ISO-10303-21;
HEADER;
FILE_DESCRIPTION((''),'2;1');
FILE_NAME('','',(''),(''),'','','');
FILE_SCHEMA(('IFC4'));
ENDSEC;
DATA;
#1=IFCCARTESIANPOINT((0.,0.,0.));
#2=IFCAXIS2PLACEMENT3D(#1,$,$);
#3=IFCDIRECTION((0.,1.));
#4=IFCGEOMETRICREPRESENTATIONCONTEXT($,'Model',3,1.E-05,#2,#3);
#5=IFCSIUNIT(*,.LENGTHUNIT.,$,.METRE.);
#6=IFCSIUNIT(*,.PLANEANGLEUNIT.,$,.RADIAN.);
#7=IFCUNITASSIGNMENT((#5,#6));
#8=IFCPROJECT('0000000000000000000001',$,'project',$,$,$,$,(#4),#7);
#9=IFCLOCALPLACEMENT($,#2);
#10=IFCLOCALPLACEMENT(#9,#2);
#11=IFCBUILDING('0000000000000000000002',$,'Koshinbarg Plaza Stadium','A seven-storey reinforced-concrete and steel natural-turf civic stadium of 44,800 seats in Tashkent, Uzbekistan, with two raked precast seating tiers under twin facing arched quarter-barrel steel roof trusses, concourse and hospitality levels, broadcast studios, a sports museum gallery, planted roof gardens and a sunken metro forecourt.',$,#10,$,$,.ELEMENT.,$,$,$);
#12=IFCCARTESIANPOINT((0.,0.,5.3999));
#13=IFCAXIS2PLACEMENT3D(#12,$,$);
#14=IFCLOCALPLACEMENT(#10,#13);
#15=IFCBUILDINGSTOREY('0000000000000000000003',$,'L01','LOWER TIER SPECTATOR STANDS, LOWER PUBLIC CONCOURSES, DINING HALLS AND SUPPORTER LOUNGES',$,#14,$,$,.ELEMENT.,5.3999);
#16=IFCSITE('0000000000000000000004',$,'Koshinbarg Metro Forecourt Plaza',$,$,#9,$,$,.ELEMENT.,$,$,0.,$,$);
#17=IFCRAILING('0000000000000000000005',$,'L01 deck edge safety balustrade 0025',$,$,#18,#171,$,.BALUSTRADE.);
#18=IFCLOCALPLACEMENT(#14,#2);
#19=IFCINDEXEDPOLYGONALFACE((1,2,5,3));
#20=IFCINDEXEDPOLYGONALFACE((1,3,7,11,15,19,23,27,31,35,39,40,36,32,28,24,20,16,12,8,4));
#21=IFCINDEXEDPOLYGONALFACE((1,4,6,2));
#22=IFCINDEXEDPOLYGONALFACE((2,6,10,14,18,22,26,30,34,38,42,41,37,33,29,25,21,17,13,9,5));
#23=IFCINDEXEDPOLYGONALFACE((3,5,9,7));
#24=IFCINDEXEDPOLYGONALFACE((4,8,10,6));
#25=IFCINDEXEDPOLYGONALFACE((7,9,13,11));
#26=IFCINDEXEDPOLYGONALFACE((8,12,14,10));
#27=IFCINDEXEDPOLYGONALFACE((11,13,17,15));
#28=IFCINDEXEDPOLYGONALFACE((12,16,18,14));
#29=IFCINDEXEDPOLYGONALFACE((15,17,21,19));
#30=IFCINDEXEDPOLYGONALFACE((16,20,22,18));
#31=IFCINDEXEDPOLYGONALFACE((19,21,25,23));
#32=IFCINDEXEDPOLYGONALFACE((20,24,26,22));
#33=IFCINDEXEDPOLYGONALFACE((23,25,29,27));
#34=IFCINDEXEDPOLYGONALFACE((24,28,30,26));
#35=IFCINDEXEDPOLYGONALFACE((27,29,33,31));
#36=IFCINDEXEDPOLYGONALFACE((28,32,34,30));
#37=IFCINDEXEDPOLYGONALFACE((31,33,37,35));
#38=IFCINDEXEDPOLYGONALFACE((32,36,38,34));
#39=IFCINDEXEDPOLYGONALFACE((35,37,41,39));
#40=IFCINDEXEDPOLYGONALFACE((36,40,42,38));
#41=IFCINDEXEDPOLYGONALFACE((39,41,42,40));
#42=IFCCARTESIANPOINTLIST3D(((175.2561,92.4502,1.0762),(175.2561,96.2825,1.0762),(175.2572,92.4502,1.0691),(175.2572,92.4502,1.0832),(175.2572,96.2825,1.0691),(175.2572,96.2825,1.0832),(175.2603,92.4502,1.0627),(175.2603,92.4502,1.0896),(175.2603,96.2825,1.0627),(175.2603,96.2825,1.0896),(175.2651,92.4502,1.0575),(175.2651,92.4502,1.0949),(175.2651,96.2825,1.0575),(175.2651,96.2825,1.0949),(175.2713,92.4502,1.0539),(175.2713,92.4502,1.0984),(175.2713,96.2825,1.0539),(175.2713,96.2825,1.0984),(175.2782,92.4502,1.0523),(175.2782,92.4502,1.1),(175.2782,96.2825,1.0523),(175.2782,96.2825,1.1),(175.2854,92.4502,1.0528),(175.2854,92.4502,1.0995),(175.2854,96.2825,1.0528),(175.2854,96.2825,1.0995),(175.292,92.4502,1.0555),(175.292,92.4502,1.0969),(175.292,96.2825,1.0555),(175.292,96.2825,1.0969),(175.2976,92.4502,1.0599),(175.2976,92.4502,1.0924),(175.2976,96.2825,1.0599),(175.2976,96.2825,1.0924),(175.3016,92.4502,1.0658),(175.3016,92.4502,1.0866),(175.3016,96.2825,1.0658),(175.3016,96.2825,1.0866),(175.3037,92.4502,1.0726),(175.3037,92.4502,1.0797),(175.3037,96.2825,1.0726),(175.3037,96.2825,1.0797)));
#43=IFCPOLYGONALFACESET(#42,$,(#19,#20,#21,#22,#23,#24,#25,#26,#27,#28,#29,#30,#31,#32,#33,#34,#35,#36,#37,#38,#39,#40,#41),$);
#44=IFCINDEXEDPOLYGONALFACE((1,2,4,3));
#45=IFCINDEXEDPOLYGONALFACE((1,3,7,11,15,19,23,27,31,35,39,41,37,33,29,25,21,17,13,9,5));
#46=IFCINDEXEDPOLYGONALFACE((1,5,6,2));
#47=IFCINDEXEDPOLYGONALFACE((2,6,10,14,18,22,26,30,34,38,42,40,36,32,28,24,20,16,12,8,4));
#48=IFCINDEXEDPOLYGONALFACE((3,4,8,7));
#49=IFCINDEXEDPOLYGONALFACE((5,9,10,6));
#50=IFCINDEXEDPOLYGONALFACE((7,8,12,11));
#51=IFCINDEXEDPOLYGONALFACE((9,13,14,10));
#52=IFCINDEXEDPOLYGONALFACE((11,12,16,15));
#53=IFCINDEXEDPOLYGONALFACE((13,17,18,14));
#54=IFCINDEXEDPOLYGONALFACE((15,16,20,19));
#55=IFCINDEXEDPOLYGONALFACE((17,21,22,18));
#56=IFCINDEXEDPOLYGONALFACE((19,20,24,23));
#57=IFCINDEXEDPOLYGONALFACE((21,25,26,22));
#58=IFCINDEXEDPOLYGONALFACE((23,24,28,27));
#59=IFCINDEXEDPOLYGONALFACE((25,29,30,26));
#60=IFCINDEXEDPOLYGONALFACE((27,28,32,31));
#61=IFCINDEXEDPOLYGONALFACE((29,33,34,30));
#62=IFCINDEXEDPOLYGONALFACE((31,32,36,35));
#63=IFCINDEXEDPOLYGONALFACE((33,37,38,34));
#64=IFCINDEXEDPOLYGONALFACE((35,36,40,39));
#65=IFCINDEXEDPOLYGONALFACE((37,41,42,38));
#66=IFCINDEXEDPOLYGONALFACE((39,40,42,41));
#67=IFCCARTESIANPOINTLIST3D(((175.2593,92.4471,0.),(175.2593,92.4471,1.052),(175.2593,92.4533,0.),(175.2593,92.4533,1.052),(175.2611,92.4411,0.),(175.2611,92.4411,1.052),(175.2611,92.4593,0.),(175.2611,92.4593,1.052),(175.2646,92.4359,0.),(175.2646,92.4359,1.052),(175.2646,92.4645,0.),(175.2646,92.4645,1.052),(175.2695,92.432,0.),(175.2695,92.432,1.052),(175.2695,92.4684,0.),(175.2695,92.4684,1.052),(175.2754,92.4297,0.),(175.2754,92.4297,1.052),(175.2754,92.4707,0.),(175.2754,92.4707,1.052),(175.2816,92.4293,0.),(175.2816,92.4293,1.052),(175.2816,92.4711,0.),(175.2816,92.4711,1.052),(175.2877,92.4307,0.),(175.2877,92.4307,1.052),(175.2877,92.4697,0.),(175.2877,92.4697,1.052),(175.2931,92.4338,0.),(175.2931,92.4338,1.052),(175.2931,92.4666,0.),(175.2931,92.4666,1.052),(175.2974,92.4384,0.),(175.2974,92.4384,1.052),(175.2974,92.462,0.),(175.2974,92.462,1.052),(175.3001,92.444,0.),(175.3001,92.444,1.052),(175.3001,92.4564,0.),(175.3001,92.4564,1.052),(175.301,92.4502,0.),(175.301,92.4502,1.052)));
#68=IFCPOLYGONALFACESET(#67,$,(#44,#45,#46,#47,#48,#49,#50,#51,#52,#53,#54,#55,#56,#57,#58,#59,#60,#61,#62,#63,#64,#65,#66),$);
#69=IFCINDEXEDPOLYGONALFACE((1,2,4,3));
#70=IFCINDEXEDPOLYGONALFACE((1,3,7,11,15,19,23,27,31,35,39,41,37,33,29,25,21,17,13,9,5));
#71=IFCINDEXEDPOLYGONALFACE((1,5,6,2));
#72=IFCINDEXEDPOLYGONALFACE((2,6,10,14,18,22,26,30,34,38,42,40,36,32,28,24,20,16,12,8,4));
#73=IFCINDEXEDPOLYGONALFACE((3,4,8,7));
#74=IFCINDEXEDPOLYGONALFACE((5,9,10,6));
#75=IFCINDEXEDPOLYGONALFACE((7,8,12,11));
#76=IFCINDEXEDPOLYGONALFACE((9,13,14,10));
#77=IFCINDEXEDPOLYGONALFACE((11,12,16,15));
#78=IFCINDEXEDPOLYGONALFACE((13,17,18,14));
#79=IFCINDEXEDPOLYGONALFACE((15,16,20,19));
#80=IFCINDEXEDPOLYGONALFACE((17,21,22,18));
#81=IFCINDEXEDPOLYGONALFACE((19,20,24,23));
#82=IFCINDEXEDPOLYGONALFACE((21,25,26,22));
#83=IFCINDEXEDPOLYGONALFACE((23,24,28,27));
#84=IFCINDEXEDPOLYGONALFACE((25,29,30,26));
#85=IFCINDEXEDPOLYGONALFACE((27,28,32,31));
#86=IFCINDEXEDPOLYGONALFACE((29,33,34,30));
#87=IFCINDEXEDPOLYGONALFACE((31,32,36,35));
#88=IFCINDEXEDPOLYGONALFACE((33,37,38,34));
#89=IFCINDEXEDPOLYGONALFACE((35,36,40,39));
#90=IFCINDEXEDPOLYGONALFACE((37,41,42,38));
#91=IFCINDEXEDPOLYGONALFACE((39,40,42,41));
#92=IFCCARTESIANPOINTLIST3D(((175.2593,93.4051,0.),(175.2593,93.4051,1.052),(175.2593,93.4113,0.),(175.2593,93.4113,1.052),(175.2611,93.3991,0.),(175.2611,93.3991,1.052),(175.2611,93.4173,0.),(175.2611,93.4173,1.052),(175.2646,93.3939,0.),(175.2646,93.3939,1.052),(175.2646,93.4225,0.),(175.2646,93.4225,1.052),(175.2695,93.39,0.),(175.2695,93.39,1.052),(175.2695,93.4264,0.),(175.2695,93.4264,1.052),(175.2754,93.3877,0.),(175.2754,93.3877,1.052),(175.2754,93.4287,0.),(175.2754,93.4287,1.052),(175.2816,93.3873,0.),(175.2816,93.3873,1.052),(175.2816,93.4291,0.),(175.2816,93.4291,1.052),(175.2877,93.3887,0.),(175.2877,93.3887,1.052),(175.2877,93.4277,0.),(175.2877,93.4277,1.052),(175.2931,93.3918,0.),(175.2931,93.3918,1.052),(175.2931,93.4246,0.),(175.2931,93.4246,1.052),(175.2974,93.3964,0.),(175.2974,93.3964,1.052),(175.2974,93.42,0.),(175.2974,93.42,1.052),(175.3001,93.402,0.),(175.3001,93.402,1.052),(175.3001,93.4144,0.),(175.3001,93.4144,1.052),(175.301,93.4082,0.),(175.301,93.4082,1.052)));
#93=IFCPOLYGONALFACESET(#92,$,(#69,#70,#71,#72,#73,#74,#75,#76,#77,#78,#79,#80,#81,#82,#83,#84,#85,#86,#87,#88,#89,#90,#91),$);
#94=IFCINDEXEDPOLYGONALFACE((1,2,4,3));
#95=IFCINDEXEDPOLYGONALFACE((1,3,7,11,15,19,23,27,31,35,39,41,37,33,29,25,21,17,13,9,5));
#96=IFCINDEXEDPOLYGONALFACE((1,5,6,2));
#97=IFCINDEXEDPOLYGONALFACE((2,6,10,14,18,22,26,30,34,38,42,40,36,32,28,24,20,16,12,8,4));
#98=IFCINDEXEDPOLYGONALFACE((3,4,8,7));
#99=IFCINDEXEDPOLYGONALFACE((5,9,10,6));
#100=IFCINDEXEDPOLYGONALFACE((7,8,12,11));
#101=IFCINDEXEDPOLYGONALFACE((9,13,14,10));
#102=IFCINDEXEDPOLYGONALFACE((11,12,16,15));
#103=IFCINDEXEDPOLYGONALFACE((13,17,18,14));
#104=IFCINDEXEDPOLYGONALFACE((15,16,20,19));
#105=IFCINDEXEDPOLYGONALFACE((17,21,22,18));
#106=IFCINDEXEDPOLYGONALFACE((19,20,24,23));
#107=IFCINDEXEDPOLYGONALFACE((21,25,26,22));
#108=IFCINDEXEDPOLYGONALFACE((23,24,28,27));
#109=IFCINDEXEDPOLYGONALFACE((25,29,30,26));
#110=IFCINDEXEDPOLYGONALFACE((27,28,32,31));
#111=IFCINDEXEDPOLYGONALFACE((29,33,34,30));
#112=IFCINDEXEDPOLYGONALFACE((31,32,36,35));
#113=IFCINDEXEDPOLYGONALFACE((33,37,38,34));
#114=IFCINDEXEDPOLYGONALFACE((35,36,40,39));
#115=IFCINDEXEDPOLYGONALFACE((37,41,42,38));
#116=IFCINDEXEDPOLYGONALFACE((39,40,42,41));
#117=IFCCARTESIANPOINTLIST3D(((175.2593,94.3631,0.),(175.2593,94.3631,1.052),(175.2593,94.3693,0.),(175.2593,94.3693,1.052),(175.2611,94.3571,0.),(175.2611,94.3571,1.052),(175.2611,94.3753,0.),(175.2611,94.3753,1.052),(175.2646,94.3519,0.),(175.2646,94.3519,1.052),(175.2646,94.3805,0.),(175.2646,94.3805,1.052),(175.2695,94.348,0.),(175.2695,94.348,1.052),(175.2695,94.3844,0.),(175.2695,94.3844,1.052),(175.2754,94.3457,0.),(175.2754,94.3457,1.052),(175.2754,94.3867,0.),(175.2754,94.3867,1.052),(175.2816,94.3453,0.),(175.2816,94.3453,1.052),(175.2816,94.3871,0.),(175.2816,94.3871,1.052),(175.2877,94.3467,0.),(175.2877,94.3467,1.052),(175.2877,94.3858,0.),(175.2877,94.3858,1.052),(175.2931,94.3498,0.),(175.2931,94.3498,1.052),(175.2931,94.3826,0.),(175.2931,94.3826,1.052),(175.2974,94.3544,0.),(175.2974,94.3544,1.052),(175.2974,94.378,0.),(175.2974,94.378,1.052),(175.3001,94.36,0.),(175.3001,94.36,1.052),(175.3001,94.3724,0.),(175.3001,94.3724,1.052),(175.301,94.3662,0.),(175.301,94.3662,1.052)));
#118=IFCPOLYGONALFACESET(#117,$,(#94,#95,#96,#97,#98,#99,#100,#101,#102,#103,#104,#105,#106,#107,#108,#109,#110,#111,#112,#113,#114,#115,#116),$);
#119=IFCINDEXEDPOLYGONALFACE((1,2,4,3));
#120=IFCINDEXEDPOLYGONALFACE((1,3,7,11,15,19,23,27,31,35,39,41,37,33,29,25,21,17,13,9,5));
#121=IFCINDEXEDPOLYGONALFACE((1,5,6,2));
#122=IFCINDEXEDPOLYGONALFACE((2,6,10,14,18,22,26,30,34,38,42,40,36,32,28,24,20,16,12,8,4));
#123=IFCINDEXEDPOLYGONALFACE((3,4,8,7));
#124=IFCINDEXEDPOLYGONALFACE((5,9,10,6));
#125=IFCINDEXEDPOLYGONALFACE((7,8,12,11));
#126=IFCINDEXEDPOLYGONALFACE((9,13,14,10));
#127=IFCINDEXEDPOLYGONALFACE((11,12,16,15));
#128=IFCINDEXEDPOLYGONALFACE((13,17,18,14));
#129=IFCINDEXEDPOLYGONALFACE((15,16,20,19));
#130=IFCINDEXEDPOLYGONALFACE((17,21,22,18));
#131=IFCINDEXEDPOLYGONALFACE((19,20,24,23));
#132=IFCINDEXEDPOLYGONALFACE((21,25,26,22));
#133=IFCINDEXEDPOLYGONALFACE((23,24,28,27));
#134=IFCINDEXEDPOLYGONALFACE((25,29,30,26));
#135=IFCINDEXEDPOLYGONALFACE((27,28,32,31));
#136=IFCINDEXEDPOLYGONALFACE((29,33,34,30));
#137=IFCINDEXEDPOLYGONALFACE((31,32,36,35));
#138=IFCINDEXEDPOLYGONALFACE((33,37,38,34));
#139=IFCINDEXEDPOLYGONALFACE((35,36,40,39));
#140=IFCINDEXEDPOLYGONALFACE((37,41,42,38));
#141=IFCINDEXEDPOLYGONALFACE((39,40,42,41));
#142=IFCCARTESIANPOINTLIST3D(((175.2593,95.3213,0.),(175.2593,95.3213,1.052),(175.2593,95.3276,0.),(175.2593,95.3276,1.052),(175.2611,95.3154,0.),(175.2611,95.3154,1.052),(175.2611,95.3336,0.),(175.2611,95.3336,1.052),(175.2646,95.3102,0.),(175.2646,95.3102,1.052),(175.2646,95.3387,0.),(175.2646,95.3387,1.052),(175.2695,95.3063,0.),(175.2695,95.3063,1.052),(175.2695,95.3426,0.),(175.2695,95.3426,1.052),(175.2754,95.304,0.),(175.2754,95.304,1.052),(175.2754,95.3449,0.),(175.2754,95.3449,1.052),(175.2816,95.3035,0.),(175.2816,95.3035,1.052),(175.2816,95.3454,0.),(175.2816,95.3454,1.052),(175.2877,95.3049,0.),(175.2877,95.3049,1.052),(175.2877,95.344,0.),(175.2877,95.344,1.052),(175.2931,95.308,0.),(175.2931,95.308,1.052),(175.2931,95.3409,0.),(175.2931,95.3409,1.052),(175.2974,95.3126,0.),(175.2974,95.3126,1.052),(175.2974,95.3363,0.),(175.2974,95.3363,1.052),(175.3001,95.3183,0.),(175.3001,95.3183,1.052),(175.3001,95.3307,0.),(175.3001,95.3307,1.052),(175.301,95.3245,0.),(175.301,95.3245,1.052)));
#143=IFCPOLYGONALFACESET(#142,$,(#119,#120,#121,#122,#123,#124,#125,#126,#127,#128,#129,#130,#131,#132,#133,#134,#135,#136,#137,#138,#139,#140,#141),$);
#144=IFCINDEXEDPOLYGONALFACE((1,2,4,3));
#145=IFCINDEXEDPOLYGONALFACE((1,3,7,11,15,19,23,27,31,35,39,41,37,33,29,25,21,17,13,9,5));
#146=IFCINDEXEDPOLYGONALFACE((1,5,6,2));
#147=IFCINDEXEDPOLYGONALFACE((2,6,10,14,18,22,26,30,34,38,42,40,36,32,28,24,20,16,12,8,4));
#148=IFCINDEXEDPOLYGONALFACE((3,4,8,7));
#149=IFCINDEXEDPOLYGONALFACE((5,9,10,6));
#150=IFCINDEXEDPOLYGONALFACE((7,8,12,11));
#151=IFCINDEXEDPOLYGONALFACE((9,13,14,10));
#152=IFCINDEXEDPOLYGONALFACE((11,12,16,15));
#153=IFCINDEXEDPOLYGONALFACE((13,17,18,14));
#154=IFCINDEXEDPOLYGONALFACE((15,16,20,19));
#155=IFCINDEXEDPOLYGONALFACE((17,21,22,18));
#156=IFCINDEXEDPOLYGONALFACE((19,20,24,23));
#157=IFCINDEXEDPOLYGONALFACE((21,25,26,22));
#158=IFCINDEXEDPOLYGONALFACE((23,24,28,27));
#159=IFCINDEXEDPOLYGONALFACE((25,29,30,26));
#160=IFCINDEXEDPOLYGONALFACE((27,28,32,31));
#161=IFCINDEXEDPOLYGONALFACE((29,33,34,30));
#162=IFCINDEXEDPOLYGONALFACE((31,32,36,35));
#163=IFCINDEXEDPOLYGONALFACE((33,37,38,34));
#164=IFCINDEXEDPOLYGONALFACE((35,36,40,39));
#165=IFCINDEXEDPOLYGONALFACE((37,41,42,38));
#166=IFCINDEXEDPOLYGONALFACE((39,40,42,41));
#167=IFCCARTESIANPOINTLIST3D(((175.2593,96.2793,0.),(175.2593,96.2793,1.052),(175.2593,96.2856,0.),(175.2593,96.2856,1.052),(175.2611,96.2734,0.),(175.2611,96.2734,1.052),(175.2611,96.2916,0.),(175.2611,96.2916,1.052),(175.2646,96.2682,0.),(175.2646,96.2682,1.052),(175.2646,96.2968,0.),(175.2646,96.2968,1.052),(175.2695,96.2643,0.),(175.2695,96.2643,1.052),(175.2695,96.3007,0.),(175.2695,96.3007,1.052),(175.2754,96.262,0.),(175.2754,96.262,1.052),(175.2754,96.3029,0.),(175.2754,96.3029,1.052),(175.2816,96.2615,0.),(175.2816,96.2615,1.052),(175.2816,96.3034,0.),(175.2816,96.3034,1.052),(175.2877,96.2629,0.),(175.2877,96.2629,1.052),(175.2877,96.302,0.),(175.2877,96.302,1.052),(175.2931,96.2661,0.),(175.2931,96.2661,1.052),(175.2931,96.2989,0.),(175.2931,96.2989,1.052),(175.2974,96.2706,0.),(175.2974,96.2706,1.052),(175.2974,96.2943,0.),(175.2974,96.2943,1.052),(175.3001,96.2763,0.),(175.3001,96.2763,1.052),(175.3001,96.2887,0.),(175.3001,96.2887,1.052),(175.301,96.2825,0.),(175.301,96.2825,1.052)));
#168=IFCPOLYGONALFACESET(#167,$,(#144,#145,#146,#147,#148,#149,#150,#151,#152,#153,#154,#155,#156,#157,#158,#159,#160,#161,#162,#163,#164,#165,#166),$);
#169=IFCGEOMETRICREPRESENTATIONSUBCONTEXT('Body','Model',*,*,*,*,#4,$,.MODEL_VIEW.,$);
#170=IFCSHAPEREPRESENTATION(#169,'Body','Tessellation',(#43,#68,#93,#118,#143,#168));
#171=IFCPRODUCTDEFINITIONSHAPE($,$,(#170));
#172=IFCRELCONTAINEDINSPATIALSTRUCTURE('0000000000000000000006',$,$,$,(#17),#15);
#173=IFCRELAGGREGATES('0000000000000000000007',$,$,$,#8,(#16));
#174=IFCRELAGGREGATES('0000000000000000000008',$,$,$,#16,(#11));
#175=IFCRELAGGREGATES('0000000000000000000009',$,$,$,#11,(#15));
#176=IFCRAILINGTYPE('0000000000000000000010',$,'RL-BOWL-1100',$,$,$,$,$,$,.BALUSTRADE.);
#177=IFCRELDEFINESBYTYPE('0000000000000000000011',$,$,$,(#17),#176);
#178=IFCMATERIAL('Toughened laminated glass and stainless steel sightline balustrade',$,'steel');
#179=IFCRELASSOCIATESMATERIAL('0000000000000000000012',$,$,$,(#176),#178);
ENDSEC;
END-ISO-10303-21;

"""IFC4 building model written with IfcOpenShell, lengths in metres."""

from ifc_helpers import new_model, si_unit, direction, frame, origin, origin_2d, place, context, subcontext, project, spatial, circle, extrude, material, type_object, element, save


model = new_model("IFC4")

# Units and contexts
model_context = context("Model", 3, precision=1e-05, world=origin(), true_north=direction((0.0, 1.0)))
body_context = subcontext(model_context, "Body", "Model", "MODEL_VIEW")
ifc_project = project(units=[si_unit("LENGTHUNIT", "METRE"), si_unit("PLANEANGLEUNIT", "RADIAN")], contexts=[model_context])

# Site, building, storey
site_placement = place(None, origin())
site = spatial("IfcSite", under=ifc_project, at=site_placement, Name="Koshinbarg Metro Forecourt Plaza", CompositionType="ELEMENT", RefElevation=0.0)
building_placement = place(site_placement, origin())
building = spatial("IfcBuilding", under=site, at=building_placement, Name="Koshinbarg Plaza Stadium", Description="A seven-storey reinforced-concrete and steel natural-turf civic stadium of 44,800 seats in Tashkent, Uzbekistan, with two raked precast seating tiers under twin facing arched quarter-barrel steel roof trusses, concourse and hospitality levels, broadcast studios, a sports museum gallery, planted roof gardens and a sunken metro forecourt.", CompositionType="ELEMENT")
storey_placement = place(building_placement, frame((0.0, 0.0, 5.3999)))
storey = spatial("IfcBuildingStorey", under=building, at=storey_placement, Name="L01", Description="LOWER TIER SPECTATOR STANDS, LOWER PUBLIC CONCOURSES, DINING HALLS AND SUPPORTER LOUNGES", CompositionType="ELEMENT", Elevation=5.3999)

# Railing
ifc_material_1 = material(Name="Toughened laminated glass and stainless steel sightline balustrade", Category="steel")
railing_type_1 = type_object("IfcRailingType", Name="RL-BOWL-1100", PredefinedType="BALUSTRADE", material=ifc_material_1)
railing_1_placement = place(storey_placement, frame((175.28, 92.4502, 0.0)))
element("IfcRailing", 1, at=railing_1_placement, inside=storey, type_object=railing_type_1, Name="L01 deck edge safety balustrade 0025", PredefinedType="BALUSTRADE", context=body_context, shape_type="SweptSolid", body=[
    extrude(circle(Radius=0.0239, at=origin_2d()), frame((0.0, 0.0, 1.0762), z_axis=(0.0, 1.0, 0.0), x_axis=(-1.0, 0.0, 0.0)), (0.0, 0.0, 1.0), 3.8323),
    extrude(circle(Radius=0.021, at=origin_2d()), origin(), (0.0, 0.0, 1.0), 1.052),
    extrude(circle(Radius=0.021, at=origin_2d()), frame((0.0, 0.958, 0.0)), (0.0, 0.0, 1.0), 1.052),
    extrude(circle(Radius=0.021, at=origin_2d()), frame((0.0, 1.916, 0.0)), (0.0, 0.0, 1.0), 1.052),
    extrude(circle(Radius=0.021, at=origin_2d()), frame((0.0, 2.8743, 0.0)), (0.0, 0.0, 1.0), 1.052),
    extrude(circle(Radius=0.021, at=origin_2d()), frame((0.0, 3.8323, 0.0)), (0.0, 0.0, 1.0), 1.052),
])

save(model, "model.ifc")
